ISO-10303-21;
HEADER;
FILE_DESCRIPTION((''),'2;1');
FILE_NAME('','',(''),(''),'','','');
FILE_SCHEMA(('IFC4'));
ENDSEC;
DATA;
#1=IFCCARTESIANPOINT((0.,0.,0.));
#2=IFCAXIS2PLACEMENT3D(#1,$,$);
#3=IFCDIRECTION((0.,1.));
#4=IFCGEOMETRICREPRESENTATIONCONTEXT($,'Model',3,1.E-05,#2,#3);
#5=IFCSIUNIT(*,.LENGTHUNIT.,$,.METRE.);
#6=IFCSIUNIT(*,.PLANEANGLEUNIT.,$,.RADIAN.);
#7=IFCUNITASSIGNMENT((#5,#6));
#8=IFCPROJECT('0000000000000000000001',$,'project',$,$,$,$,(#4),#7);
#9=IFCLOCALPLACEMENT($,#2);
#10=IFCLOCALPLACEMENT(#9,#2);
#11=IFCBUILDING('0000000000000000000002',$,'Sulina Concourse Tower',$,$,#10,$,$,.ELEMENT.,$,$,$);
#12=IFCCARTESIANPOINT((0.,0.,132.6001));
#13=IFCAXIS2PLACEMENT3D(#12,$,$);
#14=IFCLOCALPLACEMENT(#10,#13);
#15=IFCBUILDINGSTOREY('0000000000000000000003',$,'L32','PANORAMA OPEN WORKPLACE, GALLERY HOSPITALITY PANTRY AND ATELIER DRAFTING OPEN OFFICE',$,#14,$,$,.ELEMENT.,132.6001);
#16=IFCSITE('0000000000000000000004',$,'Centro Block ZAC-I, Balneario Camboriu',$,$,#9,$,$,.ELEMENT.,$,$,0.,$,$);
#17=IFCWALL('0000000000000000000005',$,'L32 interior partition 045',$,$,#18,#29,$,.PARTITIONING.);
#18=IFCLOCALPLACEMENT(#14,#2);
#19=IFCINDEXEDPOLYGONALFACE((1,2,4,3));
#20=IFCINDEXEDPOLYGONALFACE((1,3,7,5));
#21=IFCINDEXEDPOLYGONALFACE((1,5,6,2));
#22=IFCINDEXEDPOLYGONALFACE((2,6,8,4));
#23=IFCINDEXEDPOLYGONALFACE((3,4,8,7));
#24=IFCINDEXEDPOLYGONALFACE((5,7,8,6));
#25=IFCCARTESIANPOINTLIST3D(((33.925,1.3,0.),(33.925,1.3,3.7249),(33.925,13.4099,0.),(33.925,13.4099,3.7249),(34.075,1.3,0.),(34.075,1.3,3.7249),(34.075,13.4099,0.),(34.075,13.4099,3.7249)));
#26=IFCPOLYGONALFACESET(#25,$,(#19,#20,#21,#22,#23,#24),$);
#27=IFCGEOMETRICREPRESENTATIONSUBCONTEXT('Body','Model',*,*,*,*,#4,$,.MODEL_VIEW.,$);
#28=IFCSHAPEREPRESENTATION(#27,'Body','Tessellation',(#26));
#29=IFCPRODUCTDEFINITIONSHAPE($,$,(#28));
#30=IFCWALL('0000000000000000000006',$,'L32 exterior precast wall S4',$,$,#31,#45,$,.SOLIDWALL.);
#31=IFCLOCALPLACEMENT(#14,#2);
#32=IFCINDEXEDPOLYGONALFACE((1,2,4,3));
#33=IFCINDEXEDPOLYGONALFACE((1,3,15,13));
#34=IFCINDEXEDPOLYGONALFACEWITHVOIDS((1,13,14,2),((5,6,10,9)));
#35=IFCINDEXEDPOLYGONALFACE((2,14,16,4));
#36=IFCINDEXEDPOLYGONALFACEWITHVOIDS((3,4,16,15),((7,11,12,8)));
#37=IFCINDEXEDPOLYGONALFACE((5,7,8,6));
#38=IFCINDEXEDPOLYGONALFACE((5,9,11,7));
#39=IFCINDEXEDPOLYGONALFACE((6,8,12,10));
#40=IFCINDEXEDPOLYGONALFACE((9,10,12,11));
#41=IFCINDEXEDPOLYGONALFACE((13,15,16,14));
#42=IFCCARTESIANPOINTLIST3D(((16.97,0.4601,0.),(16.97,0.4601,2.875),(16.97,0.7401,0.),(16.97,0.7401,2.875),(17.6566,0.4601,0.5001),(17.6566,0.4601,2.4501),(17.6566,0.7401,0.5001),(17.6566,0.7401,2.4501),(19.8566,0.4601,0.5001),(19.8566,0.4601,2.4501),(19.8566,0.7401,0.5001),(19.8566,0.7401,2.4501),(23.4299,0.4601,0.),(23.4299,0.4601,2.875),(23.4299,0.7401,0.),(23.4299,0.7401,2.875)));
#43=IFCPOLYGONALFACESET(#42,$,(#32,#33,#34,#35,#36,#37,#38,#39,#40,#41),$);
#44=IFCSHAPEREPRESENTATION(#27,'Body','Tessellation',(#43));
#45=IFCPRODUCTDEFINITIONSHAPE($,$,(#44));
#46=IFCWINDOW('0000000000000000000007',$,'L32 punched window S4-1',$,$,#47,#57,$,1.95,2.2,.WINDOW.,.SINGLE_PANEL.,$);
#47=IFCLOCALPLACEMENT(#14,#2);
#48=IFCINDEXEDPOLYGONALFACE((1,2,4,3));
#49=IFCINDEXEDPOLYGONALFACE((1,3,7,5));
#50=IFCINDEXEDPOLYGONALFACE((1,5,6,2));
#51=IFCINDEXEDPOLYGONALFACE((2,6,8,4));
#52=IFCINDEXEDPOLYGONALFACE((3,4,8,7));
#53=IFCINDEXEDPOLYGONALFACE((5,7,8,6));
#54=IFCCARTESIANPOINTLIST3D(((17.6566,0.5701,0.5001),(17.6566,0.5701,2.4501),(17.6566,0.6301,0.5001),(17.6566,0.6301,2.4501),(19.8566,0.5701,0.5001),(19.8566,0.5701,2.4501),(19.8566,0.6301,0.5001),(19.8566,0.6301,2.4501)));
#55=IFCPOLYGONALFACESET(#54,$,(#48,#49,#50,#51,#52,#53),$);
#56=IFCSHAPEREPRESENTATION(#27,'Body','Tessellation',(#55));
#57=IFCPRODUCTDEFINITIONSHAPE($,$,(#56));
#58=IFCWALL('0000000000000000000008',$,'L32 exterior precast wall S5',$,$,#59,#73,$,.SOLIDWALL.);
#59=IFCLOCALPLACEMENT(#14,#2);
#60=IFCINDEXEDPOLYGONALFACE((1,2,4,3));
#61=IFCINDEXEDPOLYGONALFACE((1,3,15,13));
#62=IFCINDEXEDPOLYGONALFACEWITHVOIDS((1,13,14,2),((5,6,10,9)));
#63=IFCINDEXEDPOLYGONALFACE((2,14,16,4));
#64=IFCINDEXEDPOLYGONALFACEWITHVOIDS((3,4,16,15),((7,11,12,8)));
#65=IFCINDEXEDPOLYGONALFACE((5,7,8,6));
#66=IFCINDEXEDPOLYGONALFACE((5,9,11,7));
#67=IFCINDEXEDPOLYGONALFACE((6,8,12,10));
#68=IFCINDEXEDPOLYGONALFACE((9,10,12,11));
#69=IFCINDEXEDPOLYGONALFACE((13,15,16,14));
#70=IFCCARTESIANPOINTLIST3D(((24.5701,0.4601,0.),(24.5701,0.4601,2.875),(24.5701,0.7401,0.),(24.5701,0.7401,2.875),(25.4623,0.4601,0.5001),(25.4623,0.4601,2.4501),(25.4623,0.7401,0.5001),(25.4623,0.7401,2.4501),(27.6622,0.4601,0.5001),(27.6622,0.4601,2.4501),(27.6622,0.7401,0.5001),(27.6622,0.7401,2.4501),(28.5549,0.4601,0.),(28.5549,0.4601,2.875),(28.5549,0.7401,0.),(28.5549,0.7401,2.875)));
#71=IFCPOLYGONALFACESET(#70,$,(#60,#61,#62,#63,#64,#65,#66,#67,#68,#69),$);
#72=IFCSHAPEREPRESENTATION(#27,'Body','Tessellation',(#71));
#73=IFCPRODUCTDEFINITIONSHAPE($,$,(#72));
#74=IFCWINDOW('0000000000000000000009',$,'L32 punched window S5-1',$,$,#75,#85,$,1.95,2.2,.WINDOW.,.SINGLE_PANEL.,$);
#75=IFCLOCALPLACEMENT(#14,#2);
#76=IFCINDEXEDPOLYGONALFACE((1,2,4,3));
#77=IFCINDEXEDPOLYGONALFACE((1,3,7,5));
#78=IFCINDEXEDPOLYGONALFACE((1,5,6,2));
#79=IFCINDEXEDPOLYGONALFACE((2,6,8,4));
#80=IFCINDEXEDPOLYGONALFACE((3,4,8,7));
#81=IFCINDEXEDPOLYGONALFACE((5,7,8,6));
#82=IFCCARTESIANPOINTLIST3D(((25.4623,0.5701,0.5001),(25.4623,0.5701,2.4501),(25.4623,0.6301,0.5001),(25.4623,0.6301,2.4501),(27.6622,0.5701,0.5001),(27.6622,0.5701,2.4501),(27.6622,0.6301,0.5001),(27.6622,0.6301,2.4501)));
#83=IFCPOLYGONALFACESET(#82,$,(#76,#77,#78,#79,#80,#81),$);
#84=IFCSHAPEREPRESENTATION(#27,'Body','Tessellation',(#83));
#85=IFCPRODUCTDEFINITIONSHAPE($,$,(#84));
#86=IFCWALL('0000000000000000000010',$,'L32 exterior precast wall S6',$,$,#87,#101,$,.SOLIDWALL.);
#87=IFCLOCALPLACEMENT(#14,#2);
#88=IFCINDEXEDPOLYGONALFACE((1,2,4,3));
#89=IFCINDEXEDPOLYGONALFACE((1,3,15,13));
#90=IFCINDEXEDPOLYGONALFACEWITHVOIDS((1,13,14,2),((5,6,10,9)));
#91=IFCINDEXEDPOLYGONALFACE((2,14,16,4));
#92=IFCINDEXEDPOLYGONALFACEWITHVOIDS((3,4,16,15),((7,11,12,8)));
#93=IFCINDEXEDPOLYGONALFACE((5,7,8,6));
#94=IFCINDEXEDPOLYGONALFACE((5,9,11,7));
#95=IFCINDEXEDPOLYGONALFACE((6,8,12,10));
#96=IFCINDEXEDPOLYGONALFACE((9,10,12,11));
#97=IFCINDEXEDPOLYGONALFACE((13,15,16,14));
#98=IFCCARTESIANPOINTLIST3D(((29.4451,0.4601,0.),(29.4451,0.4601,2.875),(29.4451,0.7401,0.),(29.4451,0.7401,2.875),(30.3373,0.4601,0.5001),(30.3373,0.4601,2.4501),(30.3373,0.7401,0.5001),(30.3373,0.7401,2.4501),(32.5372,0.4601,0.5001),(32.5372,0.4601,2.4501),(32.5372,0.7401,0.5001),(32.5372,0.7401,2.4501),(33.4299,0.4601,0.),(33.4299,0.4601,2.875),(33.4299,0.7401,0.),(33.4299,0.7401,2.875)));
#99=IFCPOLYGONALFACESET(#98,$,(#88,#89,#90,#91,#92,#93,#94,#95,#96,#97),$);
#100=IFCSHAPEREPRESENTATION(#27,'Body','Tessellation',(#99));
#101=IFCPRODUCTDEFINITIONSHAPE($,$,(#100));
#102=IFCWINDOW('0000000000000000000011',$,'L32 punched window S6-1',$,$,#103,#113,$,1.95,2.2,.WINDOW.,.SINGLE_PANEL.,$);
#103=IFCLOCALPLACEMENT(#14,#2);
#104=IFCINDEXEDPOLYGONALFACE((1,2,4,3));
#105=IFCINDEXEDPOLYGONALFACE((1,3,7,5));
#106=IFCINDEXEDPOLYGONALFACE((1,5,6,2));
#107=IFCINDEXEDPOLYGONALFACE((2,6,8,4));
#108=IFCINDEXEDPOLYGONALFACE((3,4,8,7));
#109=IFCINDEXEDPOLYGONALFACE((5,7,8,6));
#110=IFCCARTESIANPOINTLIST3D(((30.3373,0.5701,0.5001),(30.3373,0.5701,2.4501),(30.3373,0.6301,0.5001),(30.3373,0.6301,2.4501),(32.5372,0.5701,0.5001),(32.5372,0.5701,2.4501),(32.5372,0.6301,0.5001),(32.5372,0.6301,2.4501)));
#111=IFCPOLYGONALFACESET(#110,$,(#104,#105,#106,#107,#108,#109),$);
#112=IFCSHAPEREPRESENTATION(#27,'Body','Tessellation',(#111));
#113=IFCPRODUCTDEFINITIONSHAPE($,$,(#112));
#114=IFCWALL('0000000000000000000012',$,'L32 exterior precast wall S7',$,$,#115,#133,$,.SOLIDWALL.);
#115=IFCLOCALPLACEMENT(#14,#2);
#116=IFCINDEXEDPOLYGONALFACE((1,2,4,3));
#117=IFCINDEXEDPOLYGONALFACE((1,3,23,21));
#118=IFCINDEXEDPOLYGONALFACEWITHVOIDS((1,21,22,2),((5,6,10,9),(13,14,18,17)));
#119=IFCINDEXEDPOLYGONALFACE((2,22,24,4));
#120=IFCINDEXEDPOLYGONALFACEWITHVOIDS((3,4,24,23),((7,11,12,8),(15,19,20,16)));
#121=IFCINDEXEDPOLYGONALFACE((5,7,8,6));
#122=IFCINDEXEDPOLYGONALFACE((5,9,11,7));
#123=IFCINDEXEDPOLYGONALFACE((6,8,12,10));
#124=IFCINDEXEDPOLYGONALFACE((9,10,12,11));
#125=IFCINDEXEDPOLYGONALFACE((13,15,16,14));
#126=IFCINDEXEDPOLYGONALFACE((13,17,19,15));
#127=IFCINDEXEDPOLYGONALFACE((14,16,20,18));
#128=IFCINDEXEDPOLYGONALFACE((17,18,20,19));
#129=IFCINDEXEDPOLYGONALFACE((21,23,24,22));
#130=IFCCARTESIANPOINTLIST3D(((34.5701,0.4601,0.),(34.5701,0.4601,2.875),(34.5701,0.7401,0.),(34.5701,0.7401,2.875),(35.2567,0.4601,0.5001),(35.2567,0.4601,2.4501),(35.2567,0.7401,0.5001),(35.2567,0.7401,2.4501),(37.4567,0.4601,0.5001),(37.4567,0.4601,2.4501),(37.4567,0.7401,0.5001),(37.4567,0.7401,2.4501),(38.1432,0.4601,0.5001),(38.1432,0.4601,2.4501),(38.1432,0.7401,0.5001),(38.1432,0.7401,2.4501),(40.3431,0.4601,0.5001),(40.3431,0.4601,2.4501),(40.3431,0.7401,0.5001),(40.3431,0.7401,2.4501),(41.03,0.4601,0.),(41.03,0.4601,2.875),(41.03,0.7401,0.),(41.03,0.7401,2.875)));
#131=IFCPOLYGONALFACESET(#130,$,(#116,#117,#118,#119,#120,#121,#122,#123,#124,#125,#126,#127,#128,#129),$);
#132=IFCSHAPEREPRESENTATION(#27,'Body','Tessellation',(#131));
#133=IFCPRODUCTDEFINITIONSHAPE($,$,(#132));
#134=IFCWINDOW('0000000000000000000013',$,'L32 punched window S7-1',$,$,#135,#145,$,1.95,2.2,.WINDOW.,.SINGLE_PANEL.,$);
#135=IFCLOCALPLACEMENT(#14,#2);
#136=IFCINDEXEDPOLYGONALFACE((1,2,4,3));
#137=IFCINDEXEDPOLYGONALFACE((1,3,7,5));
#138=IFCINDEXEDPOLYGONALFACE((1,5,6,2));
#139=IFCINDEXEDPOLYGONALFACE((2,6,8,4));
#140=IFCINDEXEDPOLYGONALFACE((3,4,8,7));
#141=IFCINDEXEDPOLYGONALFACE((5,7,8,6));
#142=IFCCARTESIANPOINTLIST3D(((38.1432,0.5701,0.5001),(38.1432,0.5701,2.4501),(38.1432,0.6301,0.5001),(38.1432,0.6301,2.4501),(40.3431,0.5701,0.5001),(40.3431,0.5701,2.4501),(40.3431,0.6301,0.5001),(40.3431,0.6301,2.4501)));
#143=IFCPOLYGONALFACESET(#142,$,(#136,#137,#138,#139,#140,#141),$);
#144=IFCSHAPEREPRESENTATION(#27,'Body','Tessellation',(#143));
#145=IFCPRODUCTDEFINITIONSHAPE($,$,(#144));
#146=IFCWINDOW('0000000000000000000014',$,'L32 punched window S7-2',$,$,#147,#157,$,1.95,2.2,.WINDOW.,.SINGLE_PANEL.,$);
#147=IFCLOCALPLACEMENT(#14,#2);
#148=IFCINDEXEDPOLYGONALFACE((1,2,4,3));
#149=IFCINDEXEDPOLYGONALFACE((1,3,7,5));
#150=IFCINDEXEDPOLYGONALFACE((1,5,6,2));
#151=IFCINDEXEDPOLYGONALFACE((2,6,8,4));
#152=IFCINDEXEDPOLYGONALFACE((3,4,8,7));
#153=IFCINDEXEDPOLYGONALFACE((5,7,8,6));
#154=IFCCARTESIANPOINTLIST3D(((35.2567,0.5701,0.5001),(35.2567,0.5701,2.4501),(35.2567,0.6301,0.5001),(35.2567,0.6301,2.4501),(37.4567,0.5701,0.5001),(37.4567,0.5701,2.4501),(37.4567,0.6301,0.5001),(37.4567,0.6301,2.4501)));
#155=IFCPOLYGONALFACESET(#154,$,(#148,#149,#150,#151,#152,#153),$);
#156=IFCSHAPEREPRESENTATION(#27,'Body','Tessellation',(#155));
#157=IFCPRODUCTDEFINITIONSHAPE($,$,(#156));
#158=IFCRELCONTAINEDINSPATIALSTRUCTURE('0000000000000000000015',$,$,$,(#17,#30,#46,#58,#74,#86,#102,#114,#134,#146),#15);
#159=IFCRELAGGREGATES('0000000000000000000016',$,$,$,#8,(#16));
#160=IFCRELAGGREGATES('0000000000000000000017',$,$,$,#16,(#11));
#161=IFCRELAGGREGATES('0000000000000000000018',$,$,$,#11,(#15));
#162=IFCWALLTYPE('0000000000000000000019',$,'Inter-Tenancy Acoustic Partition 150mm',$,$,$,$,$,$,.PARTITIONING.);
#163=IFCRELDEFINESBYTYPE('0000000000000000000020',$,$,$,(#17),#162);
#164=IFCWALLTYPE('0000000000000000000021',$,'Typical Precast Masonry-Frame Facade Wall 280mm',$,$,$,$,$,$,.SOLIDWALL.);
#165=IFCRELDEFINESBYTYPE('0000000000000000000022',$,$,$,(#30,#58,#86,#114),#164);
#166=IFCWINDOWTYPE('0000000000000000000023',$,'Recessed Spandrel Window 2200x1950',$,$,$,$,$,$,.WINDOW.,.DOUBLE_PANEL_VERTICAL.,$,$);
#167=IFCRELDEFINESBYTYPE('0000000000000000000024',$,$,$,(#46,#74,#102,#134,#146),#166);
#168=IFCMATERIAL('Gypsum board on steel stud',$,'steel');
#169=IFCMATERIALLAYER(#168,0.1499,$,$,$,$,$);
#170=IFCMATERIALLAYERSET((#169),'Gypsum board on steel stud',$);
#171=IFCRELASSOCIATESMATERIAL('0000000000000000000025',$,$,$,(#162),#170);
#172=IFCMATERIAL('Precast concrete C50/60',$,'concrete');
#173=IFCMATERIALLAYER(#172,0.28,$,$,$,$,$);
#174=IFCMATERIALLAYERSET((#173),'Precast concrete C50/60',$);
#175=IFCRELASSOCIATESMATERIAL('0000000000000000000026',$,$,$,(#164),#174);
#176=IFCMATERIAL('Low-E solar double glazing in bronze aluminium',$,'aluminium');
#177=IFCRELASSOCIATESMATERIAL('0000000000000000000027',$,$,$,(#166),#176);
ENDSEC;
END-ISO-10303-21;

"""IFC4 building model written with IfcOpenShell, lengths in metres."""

from ifc_helpers import new_model, si_unit, direction, frame, frame_2d, origin, place, context, subcontext, project, spatial, rectangle, extrude, material, layer, layer_set, type_object, element, fill, save


model = new_model("IFC4")

# Units and contexts
model_context = context("Model", 3, precision=1e-05, world=origin(), true_north=direction((0.0, 1.0)))
body_context = subcontext(model_context, "Body", "Model", "MODEL_VIEW")
ifc_project = project(units=[si_unit("LENGTHUNIT", "METRE"), si_unit("PLANEANGLEUNIT", "RADIAN")], contexts=[model_context])

# Site, building, storey
site_placement = place(None, origin())
site = spatial("IfcSite", under=ifc_project, at=site_placement, Name="Centro Block ZAC-I, Balneario Camboriu", CompositionType="ELEMENT", RefElevation=0.0)
building_placement = place(site_placement, origin())
building = spatial("IfcBuilding", under=site, at=building_placement, Name="Sulina Concourse Tower", CompositionType="ELEMENT")
storey_placement = place(building_placement, frame((0.0, 0.0, 132.6001)))
storey = spatial("IfcBuildingStorey", under=building, at=storey_placement, Name="L32", Description="PANORAMA OPEN WORKPLACE, GALLERY HOSPITALITY PANTRY AND ATELIER DRAFTING OPEN OFFICE", CompositionType="ELEMENT", Elevation=132.6001)

# Wall
ifc_material_1 = material(Name="Gypsum board on steel stud", Category="steel")
ifc_layer_1 = layer(ifc_material_1, 0.1499)
ifc_layer_set_1 = layer_set([ifc_layer_1], Name="Gypsum board on steel stud")
wall_type_1 = type_object("IfcWallType", Name="Inter-Tenancy Acoustic Partition 150mm", PredefinedType="PARTITIONING", material=ifc_layer_set_1)
for number, where, z_axis, x_axis, name in (
    (1, (34.0, 1.3, 0.0), (0.0, 0.0, 1.0), (0.0, 1.0, 0.0), "L32 interior partition 045"),
):
    element("IfcWall", number, at=place(storey_placement, frame(where, z_axis=z_axis, x_axis=x_axis)), inside=storey, type_object=wall_type_1, Name=name, PredefinedType="PARTITIONING", context=body_context, shape_type="SweptSolid", body=[
        extrude(rectangle(XDim=12.1099, YDim=0.1499, at=frame_2d((6.0549, 0.0))), origin(), (0.0, 0.0, 1.0), 3.7249),
    ])

# Walls, openings, windows
ifc_material_2 = material(Name="Precast concrete C50/60", Category="concrete")
ifc_layer_2 = layer(ifc_material_2, 0.28)
ifc_layer_set_2 = layer_set([ifc_layer_2], Name="Precast concrete C50/60")
wall_type_2 = type_object("IfcWallType", Name="Typical Precast Masonry-Frame Facade Wall 280mm", PredefinedType="SOLIDWALL", material=ifc_layer_set_2)
wall_1_placement = place(storey_placement, frame((23.4299, 0.6001, 0.0), z_axis=(0.0, 0.0, 1.0), x_axis=(-1.0, 0.0, 0.0)))
wall_1 = element("IfcWall", 2, at=wall_1_placement, inside=storey, type_object=wall_type_2, Name="L32 exterior precast wall S4", PredefinedType="SOLIDWALL", context=body_context, shape_type="SweptSolid", body=[
    extrude(rectangle(XDim=6.46, YDim=0.28, at=frame_2d((3.23, 0.0))), origin(), (0.0, 0.0, 1.0), 2.875),
])
opening_1_placement = place(wall_1_placement, frame((3.5732, 0.0, 0.5)))
opening_1 = element("IfcOpeningElement", 3, at=opening_1_placement, cuts=wall_1, PredefinedType="OPENING", context=body_context, shape_type="SweptSolid", body=[
    extrude(rectangle(XDim=2.2, YDim=1.95, at=frame_2d((1.1001, 0.9751))), frame((0.0, 0.1499, 0.0), z_axis=(0.0, -1.0, 0.0), x_axis=(1.0, 0.0, 0.0)), (0.0, 0.0, 1.0), 0.3),
])
ifc_material_3 = material(Name="Low-E solar double glazing in bronze aluminium", Category="aluminium")
window_type = type_object("IfcWindowType", Name="Recessed Spandrel Window 2200x1950", PartitioningType="DOUBLE_PANEL_VERTICAL", PredefinedType="WINDOW", material=ifc_material_3)
window_1_placement = place(opening_1_placement, origin())
window_1 = element("IfcWindow", 4, at=window_1_placement, inside=storey, type_object=window_type, Name="L32 punched window S4-1", OverallHeight=1.95, OverallWidth=2.2, PartitioningType="SINGLE_PANEL", PredefinedType="WINDOW", context=body_context, shape_type="SweptSolid", body=[
    extrude(rectangle(XDim=2.2, YDim=1.95, at=frame_2d((1.1001, 0.9751))), frame((0.0, 0.03, 0.0), z_axis=(0.0, -1.0, 0.0), x_axis=(1.0, 0.0, 0.0)), (0.0, 0.0, 1.0), 0.0601),
])
fill(opening_1, window_1)
wall_2_placement = place(storey_placement, frame((28.5549, 0.6001, 0.0), z_axis=(0.0, 0.0, 1.0), x_axis=(-1.0, 0.0, 0.0)))
wall_2 = element("IfcWall", 5, at=wall_2_placement, inside=storey, type_object=wall_type_2, Name="L32 exterior precast wall S5", PredefinedType="SOLIDWALL", context=body_context, shape_type="SweptSolid", body=[
    extrude(rectangle(XDim=3.9849, YDim=0.28, at=frame_2d((1.9924, 0.0))), origin(), (0.0, 0.0, 1.0), 2.875),
])
opening_2_placement = place(wall_2_placement, frame((0.8926, 0.0, 0.5)))
opening_2 = element("IfcOpeningElement", 6, at=opening_2_placement, cuts=wall_2, PredefinedType="OPENING", context=body_context, shape_type="SweptSolid", body=[
    extrude(rectangle(XDim=2.2, YDim=1.95, at=frame_2d((1.1001, 0.9751))), frame((0.0, 0.1499, 0.0), z_axis=(0.0, -1.0, 0.0), x_axis=(1.0, 0.0, 0.0)), (0.0, 0.0, 1.0), 0.3),
])
window_2_placement = place(opening_2_placement, origin())
window_2 = element("IfcWindow", 7, at=window_2_placement, inside=storey, type_object=window_type, Name="L32 punched window S5-1", OverallHeight=1.95, OverallWidth=2.2, PartitioningType="SINGLE_PANEL", PredefinedType="WINDOW", context=body_context, shape_type="SweptSolid", body=[
    extrude(rectangle(XDim=2.2, YDim=1.95, at=frame_2d((1.1001, 0.9751))), frame((0.0, 0.03, 0.0), z_axis=(0.0, -1.0, 0.0), x_axis=(1.0, 0.0, 0.0)), (0.0, 0.0, 1.0), 0.0601),
])
fill(opening_2, window_2)
wall_3_placement = place(storey_placement, frame((33.4299, 0.6001, 0.0), z_axis=(0.0, 0.0, 1.0), x_axis=(-1.0, 0.0, 0.0)))
wall_3 = element("IfcWall", 8, at=wall_3_placement, inside=storey, type_object=wall_type_2, Name="L32 exterior precast wall S6", PredefinedType="SOLIDWALL", context=body_context, shape_type="SweptSolid", body=[
    extrude(rectangle(XDim=3.9849, YDim=0.28, at=frame_2d((1.9924, 0.0))), origin(), (0.0, 0.0, 1.0), 2.875),
])
opening_3_placement = place(wall_3_placement, frame((0.8926, 0.0, 0.5)))
opening_3 = element("IfcOpeningElement", 9, at=opening_3_placement, cuts=wall_3, PredefinedType="OPENING", context=body_context, shape_type="SweptSolid", body=[
    extrude(rectangle(XDim=2.2, YDim=1.95, at=frame_2d((1.1001, 0.9751))), frame((0.0, 0.1499, 0.0), z_axis=(0.0, -1.0, 0.0), x_axis=(1.0, 0.0, 0.0)), (0.0, 0.0, 1.0), 0.3),
])
window_3_placement = place(opening_3_placement, origin())
window_3 = element("IfcWindow", 10, at=window_3_placement, inside=storey, type_object=window_type, Name="L32 punched window S6-1", OverallHeight=1.95, OverallWidth=2.2, PartitioningType="SINGLE_PANEL", PredefinedType="WINDOW", context=body_context, shape_type="SweptSolid", body=[
    extrude(rectangle(XDim=2.2, YDim=1.95, at=frame_2d((1.1001, 0.9751))), frame((0.0, 0.03, 0.0), z_axis=(0.0, -1.0, 0.0), x_axis=(1.0, 0.0, 0.0)), (0.0, 0.0, 1.0), 0.0601),
])
fill(opening_3, window_3)

# Wall, openings, windows
wall_4_placement = place(storey_placement, frame((41.03, 0.6001, 0.0), z_axis=(0.0, 0.0, 1.0), x_axis=(-1.0, 0.0, 0.0)))
wall_4 = element("IfcWall", 11, at=wall_4_placement, inside=storey, type_object=wall_type_2, Name="L32 exterior precast wall S7", PredefinedType="SOLIDWALL", context=body_context, shape_type="SweptSolid", body=[
    extrude(rectangle(XDim=6.46, YDim=0.28, at=frame_2d((3.23, 0.0))), origin(), (0.0, 0.0, 1.0), 2.875),
])
opening_4_placement = place(wall_4_placement, frame((0.6868, 0.0, 0.5)))
opening_4 = element("IfcOpeningElement", 12, at=opening_4_placement, cuts=wall_4, PredefinedType="OPENING", context=body_context, shape_type="SweptSolid", body=[
    extrude(rectangle(XDim=2.2, YDim=1.95, at=frame_2d((1.1001, 0.9751))), frame((0.0, 0.1499, 0.0), z_axis=(0.0, -1.0, 0.0), x_axis=(1.0, 0.0, 0.0)), (0.0, 0.0, 1.0), 0.3),
])
opening_5_placement = place(wall_4_placement, frame((3.5732, 0.0, 0.5)))
opening_5 = element("IfcOpeningElement", 13, at=opening_5_placement, cuts=wall_4, PredefinedType="OPENING", context=body_context, shape_type="SweptSolid", body=[
    extrude(rectangle(XDim=2.2, YDim=1.95, at=frame_2d((1.1001, 0.9751))), frame((0.0, 0.1499, 0.0), z_axis=(0.0, -1.0, 0.0), x_axis=(1.0, 0.0, 0.0)), (0.0, 0.0, 1.0), 0.3),
])
window_4_placement = place(opening_4_placement, origin())
window_4 = element("IfcWindow", 14, at=window_4_placement, inside=storey, type_object=window_type, Name="L32 punched window S7-1", OverallHeight=1.95, OverallWidth=2.2, PartitioningType="SINGLE_PANEL", PredefinedType="WINDOW", context=body_context, shape_type="SweptSolid", body=[
    extrude(rectangle(XDim=2.2, YDim=1.95, at=frame_2d((1.1001, 0.9751))), frame((0.0, 0.03, 0.0), z_axis=(0.0, -1.0, 0.0), x_axis=(1.0, 0.0, 0.0)), (0.0, 0.0, 1.0), 0.0601),
])
fill(opening_4, window_4)
window_5_placement = place(opening_5_placement, origin())
window_5 = element("IfcWindow", 15, at=window_5_placement, inside=storey, type_object=window_type, Name="L32 punched window S7-2", OverallHeight=1.95, OverallWidth=2.2, PartitioningType="SINGLE_PANEL", PredefinedType="WINDOW", context=body_context, shape_type="SweptSolid", body=[
    extrude(rectangle(XDim=2.2, YDim=1.95, at=frame_2d((1.1001, 0.9751))), frame((0.0, 0.03, 0.0), z_axis=(0.0, -1.0, 0.0), x_axis=(1.0, 0.0, 0.0)), (0.0, 0.0, 1.0), 0.0601),
])
fill(opening_5, window_5)

save(model, "model.ifc")
